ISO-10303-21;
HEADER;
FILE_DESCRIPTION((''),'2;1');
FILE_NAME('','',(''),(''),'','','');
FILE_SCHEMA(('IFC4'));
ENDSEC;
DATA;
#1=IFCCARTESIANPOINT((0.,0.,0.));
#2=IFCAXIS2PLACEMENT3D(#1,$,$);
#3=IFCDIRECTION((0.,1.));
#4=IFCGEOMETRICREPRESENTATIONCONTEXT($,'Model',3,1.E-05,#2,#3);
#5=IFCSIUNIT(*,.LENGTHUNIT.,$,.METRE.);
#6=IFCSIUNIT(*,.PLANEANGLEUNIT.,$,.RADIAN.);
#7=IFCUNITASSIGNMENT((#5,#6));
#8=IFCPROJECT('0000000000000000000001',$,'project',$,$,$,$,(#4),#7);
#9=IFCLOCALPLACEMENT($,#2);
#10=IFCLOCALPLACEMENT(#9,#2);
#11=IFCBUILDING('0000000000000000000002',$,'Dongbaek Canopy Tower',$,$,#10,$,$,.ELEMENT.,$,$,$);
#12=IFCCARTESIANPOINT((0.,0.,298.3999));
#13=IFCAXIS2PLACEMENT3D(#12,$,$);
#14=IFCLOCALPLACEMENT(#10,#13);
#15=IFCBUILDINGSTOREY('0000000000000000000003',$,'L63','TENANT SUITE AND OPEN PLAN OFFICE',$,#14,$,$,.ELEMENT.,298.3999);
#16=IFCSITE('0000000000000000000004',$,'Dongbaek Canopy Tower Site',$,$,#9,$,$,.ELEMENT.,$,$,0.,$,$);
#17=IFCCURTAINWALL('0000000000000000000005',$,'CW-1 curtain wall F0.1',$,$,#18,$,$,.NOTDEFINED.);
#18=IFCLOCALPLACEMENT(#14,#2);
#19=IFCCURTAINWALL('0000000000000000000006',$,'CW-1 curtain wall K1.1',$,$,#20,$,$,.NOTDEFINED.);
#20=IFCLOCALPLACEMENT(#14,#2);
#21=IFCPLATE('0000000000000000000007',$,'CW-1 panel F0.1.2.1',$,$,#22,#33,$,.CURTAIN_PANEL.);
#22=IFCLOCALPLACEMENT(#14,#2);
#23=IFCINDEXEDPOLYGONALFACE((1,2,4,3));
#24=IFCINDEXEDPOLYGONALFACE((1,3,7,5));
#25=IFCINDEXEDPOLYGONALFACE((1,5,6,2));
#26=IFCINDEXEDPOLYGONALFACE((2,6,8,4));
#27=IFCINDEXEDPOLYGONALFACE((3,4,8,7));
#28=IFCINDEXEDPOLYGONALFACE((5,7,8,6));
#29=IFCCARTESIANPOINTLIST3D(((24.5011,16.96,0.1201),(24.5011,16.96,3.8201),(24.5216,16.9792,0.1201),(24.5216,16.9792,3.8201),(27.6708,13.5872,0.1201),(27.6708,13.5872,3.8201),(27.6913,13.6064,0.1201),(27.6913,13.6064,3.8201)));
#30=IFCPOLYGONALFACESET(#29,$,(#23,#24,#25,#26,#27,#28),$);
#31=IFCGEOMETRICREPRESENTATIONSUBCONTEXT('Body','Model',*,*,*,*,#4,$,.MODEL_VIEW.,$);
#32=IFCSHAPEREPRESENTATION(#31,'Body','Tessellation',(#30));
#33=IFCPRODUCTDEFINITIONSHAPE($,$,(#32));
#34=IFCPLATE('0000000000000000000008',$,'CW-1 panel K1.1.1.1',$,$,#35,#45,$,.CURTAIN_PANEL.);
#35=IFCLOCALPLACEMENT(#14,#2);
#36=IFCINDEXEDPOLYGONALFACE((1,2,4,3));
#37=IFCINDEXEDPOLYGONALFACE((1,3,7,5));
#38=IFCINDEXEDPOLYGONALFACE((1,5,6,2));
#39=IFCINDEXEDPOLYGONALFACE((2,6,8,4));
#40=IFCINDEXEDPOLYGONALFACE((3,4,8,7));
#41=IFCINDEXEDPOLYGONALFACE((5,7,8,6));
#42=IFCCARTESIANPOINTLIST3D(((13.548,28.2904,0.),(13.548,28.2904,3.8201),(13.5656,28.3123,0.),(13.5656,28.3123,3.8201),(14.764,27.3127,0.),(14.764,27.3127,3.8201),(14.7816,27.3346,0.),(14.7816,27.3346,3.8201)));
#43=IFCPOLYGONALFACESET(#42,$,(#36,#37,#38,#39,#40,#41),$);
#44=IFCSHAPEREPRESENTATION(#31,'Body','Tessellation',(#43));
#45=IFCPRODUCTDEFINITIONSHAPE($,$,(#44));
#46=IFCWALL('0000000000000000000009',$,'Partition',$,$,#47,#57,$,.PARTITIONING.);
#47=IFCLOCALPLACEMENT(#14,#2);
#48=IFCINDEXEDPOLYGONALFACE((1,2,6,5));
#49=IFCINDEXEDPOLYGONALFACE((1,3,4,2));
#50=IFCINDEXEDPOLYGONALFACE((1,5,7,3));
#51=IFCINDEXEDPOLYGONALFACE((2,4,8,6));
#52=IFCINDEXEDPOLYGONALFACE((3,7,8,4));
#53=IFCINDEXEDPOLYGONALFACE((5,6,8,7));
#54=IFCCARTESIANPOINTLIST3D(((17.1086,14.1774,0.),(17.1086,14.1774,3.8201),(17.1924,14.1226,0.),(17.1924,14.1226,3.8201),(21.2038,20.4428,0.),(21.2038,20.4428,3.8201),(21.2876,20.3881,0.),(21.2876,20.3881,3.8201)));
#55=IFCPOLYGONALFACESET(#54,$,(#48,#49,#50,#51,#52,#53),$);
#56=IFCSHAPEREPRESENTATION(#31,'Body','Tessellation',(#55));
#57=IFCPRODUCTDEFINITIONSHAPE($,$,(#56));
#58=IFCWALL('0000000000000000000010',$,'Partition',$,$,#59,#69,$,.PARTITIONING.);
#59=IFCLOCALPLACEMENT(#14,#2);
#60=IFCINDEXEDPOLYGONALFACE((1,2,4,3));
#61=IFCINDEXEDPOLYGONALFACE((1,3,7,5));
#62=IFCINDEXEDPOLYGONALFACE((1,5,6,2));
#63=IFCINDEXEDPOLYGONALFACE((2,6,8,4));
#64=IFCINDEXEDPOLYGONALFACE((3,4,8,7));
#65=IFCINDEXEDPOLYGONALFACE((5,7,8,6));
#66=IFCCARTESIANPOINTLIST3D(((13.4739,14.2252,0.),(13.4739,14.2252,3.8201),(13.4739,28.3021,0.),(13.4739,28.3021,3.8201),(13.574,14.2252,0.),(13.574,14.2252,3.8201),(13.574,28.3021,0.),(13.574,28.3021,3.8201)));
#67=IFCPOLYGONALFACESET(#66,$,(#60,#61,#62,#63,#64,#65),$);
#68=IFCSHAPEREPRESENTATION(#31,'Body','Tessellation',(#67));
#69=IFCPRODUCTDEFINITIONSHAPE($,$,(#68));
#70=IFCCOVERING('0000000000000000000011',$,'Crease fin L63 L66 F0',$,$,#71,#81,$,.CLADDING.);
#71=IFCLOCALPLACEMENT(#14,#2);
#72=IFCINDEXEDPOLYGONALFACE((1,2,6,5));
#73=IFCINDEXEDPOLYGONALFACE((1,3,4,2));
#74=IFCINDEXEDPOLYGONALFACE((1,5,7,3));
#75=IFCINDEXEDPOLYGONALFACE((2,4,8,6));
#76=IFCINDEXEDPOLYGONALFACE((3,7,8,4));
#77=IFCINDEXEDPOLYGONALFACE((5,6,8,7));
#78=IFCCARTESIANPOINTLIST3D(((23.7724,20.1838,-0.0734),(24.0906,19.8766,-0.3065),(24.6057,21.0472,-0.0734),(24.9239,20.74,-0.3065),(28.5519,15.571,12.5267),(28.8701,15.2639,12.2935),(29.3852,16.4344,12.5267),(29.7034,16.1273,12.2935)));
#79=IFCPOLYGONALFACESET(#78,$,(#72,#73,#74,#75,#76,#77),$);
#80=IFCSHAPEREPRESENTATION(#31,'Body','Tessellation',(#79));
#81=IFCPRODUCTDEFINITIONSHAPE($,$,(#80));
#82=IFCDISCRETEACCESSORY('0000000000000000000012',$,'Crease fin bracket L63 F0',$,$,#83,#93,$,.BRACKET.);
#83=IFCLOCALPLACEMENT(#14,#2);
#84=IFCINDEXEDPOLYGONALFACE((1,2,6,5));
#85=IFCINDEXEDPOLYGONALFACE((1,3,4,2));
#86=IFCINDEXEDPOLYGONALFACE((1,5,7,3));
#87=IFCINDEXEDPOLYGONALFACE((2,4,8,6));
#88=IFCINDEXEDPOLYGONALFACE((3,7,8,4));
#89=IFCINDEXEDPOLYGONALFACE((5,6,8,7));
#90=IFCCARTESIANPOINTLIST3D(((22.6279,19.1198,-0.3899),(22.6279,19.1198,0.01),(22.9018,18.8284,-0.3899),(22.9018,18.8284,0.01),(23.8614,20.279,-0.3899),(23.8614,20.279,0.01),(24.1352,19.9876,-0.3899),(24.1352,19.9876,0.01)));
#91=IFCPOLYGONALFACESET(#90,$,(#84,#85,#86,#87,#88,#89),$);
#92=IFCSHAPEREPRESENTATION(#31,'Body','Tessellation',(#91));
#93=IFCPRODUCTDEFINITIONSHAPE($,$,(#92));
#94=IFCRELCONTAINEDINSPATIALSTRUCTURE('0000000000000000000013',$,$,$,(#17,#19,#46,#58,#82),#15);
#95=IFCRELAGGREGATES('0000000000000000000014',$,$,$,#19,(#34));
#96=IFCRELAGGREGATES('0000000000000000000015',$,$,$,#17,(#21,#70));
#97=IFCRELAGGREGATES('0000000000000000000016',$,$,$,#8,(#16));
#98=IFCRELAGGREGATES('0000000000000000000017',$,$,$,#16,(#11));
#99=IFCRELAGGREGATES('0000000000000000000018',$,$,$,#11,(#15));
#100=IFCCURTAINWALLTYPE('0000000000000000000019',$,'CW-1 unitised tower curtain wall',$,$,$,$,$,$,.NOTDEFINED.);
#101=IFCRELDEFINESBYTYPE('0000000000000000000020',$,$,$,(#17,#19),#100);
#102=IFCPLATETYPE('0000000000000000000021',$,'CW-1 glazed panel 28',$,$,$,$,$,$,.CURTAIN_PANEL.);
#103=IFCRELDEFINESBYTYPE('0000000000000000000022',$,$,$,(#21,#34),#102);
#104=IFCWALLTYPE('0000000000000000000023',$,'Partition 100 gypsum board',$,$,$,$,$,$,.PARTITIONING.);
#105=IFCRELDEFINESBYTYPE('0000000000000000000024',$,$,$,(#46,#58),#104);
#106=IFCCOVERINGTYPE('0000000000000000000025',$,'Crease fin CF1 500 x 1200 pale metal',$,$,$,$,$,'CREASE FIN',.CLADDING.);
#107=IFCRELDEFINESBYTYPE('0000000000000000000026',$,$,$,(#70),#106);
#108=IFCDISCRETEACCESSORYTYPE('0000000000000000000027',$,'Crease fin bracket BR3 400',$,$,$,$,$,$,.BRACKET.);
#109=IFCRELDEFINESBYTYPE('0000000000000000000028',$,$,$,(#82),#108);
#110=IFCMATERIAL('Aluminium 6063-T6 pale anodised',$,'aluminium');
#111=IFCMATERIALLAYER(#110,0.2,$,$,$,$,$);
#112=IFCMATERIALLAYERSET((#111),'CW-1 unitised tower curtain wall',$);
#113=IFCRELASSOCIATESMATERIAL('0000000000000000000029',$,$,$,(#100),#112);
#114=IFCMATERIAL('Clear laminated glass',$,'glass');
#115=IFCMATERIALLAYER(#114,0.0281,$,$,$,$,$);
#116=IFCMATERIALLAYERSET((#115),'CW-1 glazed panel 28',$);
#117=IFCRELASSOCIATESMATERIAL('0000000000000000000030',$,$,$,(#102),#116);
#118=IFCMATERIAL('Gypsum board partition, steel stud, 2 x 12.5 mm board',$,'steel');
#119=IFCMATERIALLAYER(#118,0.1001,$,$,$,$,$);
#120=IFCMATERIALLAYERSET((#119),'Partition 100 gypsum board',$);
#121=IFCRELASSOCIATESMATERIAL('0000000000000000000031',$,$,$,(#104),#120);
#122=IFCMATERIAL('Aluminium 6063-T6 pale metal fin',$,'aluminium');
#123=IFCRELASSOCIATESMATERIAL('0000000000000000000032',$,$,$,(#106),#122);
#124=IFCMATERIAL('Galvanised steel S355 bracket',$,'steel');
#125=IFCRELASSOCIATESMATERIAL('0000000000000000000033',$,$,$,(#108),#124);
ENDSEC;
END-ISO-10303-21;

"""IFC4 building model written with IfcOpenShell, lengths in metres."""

from ifc_helpers import new_model, si_unit, direction, frame, frame_2d, origin, origin_2d, place, context, subcontext, project, spatial, rectangle, extrude, material, layer, layer_set, material_profile, profile_set, type_object, element, aggregate, save


model = new_model("IFC4")

# Units and contexts
model_context = context("Model", 3, precision=1e-05, world=origin(), true_north=direction((0.0, 1.0)))
body_context = subcontext(model_context, "Body", "Model", "MODEL_VIEW")
ifc_project = project(units=[si_unit("LENGTHUNIT", "METRE"), si_unit("PLANEANGLEUNIT", "RADIAN")], contexts=[model_context])

# Site, building, storey
site_placement = place(None, origin())
site = spatial("IfcSite", under=ifc_project, at=site_placement, Name="Dongbaek Canopy Tower Site", CompositionType="ELEMENT", RefElevation=0.0)
building_placement = place(site_placement, origin())
building = spatial("IfcBuilding", under=site, at=building_placement, Name="Dongbaek Canopy Tower", CompositionType="ELEMENT")
storey_placement = place(building_placement, frame((0.0, 0.0, 298.3999)))
storey = spatial("IfcBuildingStorey", under=building, at=storey_placement, Name="L63", Description="TENANT SUITE AND OPEN PLAN OFFICE", CompositionType="ELEMENT", Elevation=298.3999)

# Curtain wall
ifc_material_1 = material(Name="Aluminium 6063-T6 pale anodised", Category="aluminium")
ifc_layer_1 = layer(ifc_material_1, 0.2)
ifc_layer_set_1 = layer_set([ifc_layer_1], Name="CW-1 unitised tower curtain wall")
curtain_wall_type = type_object("IfcCurtainWallType", Name="CW-1 unitised tower curtain wall", PredefinedType="NOTDEFINED", material=ifc_layer_set_1)
curtain_wall_1_placement = place(storey_placement, origin())
curtain_wall_1 = element("IfcCurtainWall", 1, at=curtain_wall_1_placement, inside=storey, type_object=curtain_wall_type, Name="CW-1 curtain wall F0.1", PredefinedType="NOTDEFINED")

# Curtain wall
curtain_wall_2_placement = place(storey_placement, origin())
curtain_wall_2 = element("IfcCurtainWall", 2, at=curtain_wall_2_placement, inside=storey, type_object=curtain_wall_type, Name="CW-1 curtain wall K1.1", PredefinedType="NOTDEFINED")

# Plates
ifc_material_2 = material(Name="Clear laminated glass", Category="glass")
ifc_layer_2 = layer(ifc_material_2, 0.0281)
ifc_layer_set_2 = layer_set([ifc_layer_2], Name="CW-1 glazed panel 28")
plate_type = type_object("IfcPlateType", Name="CW-1 glazed panel 28", PredefinedType="CURTAIN_PANEL", material=ifc_layer_set_2)
plate_1_placement = place(storey_placement, frame((26.0962, 15.2832, 0.1201), z_axis=(0.0, 0.0, 1.0), x_axis=(-0.684831, 0.728702, 0.0)))
plate_1 = element("IfcPlate", 3, at=plate_1_placement, type_object=plate_type, Name="CW-1 panel F0.1.2.1", PredefinedType="CURTAIN_PANEL", context=body_context, shape_type="SweptSolid", body=[
    extrude(rectangle(XDim=4.6284, YDim=0.0281, at=origin_2d()), origin(), (0.0, 0.0, 1.0), 3.7),
])
plate_2_placement = place(storey_placement, frame((14.1648, 27.8125, 0.0), z_axis=(0.0, 0.0, 1.0), x_axis=(-0.779328, 0.626616, 0.0)))
plate_2 = element("IfcPlate", 4, at=plate_2_placement, type_object=plate_type, Name="CW-1 panel K1.1.1.1", PredefinedType="CURTAIN_PANEL", context=body_context, shape_type="SweptSolid", body=[
    extrude(rectangle(XDim=1.5603, YDim=0.0281, at=origin_2d()), origin(), (0.0, 0.0, 1.0), 3.8201),
])
aggregate(curtain_wall_2, [plate_2])

# Walls
ifc_material_3 = material(Name="Gypsum board partition, steel stud, 2 x 12.5 mm board", Category="steel")
ifc_layer_3 = layer(ifc_material_3, 0.1001)
ifc_layer_set_3 = layer_set([ifc_layer_3], Name="Partition 100 gypsum board")
wall_type_1 = type_object("IfcWallType", Name="Partition 100 gypsum board", PredefinedType="PARTITIONING", material=ifc_layer_set_3)
wall_1_placement = place(storey_placement, frame((17.1504, 14.1499, 0.0), z_axis=(0.0, 0.0, 1.0), x_axis=(0.54712, 0.837054, 0.0)))
element("IfcWall", 5, at=wall_1_placement, inside=storey, type_object=wall_type_1, Name="Partition", PredefinedType="PARTITIONING", context=body_context, shape_type="SweptSolid", body=[
    extrude(rectangle(XDim=7.4851, YDim=0.1001, at=frame_2d((3.7427, 0.0))), origin(), (0.0, 0.0, 1.0), 3.8201),
])
wall_2_placement = place(storey_placement, frame((13.5239, 14.2251, 0.0), z_axis=(0.0, 0.0, 1.0), x_axis=(0.0, 1.0, 0.0)))
element("IfcWall", 6, at=wall_2_placement, inside=storey, type_object=wall_type_1, Name="Partition", PredefinedType="PARTITIONING", context=body_context, shape_type="SweptSolid", body=[
    extrude(rectangle(XDim=14.0769, YDim=0.1001, at=frame_2d((7.0386, 0.0))), origin(), (0.0, 0.0, 1.0), 3.8201),
])

# Covering
ifc_material_4 = material(Name="Aluminium 6063-T6 pale metal fin", Category="aluminium")
ifc_material_profile_1 = material_profile(ifc_material_4, rectangle(XDim=1.2, YDim=0.5, at=origin_2d()), Name="Crease fin CF1 500 x 1200 pale metal")
ifc_profile_set_1 = profile_set([ifc_material_profile_1], Name="Aluminium 6063-T6 pale metal fin")
covering_type = type_object("IfcCoveringType", Name="Crease fin CF1 500 x 1200 pale metal", ElementType="CREASE FIN", PredefinedType="CLADDING", material=ifc_profile_set_1)
covering_placement = place(storey_placement, frame((24.3481, 20.4619, -0.1899), z_axis=(0.335554, -0.323847, 0.884606), x_axis=(0.694444, 0.719547, 0.0)))
covering = element("IfcCovering", 7, at=covering_placement, type_object=covering_type, Name="Crease fin L63 L66 F0", PredefinedType="CLADDING", context=body_context, shape_type="SweptSolid", body=[
    extrude(rectangle(XDim=1.2, YDim=0.5, at=origin_2d()), origin(), (0.0, 0.0, 1.0), 14.2437),
])
aggregate(curtain_wall_1, [plate_1, covering])

# Discrete accessory
ifc_material_5 = material(Name="Galvanised steel S355 bracket", Category="steel")
discrete_accessory_type = type_object("IfcDiscreteAccessoryType", Name="Crease fin bracket BR3 400", PredefinedType="BRACKET", material=ifc_material_5)
discrete_accessory_placement = place(storey_placement, frame((23.3816, 19.5537, -0.3899), z_axis=(0.0, 0.0, 1.0), x_axis=(0.728702, 0.684831, 0.0)))
element("IfcDiscreteAccessory", 8, at=discrete_accessory_placement, inside=storey, type_object=discrete_accessory_type, Name="Crease fin bracket L63 F0", PredefinedType="BRACKET", context=body_context, shape_type="SweptSolid", body=[
    extrude(rectangle(XDim=1.6926, YDim=0.3999, at=origin_2d()), origin(), (0.0, 0.0, 1.0), 0.3999),
])

save(model, "model.ifc")
